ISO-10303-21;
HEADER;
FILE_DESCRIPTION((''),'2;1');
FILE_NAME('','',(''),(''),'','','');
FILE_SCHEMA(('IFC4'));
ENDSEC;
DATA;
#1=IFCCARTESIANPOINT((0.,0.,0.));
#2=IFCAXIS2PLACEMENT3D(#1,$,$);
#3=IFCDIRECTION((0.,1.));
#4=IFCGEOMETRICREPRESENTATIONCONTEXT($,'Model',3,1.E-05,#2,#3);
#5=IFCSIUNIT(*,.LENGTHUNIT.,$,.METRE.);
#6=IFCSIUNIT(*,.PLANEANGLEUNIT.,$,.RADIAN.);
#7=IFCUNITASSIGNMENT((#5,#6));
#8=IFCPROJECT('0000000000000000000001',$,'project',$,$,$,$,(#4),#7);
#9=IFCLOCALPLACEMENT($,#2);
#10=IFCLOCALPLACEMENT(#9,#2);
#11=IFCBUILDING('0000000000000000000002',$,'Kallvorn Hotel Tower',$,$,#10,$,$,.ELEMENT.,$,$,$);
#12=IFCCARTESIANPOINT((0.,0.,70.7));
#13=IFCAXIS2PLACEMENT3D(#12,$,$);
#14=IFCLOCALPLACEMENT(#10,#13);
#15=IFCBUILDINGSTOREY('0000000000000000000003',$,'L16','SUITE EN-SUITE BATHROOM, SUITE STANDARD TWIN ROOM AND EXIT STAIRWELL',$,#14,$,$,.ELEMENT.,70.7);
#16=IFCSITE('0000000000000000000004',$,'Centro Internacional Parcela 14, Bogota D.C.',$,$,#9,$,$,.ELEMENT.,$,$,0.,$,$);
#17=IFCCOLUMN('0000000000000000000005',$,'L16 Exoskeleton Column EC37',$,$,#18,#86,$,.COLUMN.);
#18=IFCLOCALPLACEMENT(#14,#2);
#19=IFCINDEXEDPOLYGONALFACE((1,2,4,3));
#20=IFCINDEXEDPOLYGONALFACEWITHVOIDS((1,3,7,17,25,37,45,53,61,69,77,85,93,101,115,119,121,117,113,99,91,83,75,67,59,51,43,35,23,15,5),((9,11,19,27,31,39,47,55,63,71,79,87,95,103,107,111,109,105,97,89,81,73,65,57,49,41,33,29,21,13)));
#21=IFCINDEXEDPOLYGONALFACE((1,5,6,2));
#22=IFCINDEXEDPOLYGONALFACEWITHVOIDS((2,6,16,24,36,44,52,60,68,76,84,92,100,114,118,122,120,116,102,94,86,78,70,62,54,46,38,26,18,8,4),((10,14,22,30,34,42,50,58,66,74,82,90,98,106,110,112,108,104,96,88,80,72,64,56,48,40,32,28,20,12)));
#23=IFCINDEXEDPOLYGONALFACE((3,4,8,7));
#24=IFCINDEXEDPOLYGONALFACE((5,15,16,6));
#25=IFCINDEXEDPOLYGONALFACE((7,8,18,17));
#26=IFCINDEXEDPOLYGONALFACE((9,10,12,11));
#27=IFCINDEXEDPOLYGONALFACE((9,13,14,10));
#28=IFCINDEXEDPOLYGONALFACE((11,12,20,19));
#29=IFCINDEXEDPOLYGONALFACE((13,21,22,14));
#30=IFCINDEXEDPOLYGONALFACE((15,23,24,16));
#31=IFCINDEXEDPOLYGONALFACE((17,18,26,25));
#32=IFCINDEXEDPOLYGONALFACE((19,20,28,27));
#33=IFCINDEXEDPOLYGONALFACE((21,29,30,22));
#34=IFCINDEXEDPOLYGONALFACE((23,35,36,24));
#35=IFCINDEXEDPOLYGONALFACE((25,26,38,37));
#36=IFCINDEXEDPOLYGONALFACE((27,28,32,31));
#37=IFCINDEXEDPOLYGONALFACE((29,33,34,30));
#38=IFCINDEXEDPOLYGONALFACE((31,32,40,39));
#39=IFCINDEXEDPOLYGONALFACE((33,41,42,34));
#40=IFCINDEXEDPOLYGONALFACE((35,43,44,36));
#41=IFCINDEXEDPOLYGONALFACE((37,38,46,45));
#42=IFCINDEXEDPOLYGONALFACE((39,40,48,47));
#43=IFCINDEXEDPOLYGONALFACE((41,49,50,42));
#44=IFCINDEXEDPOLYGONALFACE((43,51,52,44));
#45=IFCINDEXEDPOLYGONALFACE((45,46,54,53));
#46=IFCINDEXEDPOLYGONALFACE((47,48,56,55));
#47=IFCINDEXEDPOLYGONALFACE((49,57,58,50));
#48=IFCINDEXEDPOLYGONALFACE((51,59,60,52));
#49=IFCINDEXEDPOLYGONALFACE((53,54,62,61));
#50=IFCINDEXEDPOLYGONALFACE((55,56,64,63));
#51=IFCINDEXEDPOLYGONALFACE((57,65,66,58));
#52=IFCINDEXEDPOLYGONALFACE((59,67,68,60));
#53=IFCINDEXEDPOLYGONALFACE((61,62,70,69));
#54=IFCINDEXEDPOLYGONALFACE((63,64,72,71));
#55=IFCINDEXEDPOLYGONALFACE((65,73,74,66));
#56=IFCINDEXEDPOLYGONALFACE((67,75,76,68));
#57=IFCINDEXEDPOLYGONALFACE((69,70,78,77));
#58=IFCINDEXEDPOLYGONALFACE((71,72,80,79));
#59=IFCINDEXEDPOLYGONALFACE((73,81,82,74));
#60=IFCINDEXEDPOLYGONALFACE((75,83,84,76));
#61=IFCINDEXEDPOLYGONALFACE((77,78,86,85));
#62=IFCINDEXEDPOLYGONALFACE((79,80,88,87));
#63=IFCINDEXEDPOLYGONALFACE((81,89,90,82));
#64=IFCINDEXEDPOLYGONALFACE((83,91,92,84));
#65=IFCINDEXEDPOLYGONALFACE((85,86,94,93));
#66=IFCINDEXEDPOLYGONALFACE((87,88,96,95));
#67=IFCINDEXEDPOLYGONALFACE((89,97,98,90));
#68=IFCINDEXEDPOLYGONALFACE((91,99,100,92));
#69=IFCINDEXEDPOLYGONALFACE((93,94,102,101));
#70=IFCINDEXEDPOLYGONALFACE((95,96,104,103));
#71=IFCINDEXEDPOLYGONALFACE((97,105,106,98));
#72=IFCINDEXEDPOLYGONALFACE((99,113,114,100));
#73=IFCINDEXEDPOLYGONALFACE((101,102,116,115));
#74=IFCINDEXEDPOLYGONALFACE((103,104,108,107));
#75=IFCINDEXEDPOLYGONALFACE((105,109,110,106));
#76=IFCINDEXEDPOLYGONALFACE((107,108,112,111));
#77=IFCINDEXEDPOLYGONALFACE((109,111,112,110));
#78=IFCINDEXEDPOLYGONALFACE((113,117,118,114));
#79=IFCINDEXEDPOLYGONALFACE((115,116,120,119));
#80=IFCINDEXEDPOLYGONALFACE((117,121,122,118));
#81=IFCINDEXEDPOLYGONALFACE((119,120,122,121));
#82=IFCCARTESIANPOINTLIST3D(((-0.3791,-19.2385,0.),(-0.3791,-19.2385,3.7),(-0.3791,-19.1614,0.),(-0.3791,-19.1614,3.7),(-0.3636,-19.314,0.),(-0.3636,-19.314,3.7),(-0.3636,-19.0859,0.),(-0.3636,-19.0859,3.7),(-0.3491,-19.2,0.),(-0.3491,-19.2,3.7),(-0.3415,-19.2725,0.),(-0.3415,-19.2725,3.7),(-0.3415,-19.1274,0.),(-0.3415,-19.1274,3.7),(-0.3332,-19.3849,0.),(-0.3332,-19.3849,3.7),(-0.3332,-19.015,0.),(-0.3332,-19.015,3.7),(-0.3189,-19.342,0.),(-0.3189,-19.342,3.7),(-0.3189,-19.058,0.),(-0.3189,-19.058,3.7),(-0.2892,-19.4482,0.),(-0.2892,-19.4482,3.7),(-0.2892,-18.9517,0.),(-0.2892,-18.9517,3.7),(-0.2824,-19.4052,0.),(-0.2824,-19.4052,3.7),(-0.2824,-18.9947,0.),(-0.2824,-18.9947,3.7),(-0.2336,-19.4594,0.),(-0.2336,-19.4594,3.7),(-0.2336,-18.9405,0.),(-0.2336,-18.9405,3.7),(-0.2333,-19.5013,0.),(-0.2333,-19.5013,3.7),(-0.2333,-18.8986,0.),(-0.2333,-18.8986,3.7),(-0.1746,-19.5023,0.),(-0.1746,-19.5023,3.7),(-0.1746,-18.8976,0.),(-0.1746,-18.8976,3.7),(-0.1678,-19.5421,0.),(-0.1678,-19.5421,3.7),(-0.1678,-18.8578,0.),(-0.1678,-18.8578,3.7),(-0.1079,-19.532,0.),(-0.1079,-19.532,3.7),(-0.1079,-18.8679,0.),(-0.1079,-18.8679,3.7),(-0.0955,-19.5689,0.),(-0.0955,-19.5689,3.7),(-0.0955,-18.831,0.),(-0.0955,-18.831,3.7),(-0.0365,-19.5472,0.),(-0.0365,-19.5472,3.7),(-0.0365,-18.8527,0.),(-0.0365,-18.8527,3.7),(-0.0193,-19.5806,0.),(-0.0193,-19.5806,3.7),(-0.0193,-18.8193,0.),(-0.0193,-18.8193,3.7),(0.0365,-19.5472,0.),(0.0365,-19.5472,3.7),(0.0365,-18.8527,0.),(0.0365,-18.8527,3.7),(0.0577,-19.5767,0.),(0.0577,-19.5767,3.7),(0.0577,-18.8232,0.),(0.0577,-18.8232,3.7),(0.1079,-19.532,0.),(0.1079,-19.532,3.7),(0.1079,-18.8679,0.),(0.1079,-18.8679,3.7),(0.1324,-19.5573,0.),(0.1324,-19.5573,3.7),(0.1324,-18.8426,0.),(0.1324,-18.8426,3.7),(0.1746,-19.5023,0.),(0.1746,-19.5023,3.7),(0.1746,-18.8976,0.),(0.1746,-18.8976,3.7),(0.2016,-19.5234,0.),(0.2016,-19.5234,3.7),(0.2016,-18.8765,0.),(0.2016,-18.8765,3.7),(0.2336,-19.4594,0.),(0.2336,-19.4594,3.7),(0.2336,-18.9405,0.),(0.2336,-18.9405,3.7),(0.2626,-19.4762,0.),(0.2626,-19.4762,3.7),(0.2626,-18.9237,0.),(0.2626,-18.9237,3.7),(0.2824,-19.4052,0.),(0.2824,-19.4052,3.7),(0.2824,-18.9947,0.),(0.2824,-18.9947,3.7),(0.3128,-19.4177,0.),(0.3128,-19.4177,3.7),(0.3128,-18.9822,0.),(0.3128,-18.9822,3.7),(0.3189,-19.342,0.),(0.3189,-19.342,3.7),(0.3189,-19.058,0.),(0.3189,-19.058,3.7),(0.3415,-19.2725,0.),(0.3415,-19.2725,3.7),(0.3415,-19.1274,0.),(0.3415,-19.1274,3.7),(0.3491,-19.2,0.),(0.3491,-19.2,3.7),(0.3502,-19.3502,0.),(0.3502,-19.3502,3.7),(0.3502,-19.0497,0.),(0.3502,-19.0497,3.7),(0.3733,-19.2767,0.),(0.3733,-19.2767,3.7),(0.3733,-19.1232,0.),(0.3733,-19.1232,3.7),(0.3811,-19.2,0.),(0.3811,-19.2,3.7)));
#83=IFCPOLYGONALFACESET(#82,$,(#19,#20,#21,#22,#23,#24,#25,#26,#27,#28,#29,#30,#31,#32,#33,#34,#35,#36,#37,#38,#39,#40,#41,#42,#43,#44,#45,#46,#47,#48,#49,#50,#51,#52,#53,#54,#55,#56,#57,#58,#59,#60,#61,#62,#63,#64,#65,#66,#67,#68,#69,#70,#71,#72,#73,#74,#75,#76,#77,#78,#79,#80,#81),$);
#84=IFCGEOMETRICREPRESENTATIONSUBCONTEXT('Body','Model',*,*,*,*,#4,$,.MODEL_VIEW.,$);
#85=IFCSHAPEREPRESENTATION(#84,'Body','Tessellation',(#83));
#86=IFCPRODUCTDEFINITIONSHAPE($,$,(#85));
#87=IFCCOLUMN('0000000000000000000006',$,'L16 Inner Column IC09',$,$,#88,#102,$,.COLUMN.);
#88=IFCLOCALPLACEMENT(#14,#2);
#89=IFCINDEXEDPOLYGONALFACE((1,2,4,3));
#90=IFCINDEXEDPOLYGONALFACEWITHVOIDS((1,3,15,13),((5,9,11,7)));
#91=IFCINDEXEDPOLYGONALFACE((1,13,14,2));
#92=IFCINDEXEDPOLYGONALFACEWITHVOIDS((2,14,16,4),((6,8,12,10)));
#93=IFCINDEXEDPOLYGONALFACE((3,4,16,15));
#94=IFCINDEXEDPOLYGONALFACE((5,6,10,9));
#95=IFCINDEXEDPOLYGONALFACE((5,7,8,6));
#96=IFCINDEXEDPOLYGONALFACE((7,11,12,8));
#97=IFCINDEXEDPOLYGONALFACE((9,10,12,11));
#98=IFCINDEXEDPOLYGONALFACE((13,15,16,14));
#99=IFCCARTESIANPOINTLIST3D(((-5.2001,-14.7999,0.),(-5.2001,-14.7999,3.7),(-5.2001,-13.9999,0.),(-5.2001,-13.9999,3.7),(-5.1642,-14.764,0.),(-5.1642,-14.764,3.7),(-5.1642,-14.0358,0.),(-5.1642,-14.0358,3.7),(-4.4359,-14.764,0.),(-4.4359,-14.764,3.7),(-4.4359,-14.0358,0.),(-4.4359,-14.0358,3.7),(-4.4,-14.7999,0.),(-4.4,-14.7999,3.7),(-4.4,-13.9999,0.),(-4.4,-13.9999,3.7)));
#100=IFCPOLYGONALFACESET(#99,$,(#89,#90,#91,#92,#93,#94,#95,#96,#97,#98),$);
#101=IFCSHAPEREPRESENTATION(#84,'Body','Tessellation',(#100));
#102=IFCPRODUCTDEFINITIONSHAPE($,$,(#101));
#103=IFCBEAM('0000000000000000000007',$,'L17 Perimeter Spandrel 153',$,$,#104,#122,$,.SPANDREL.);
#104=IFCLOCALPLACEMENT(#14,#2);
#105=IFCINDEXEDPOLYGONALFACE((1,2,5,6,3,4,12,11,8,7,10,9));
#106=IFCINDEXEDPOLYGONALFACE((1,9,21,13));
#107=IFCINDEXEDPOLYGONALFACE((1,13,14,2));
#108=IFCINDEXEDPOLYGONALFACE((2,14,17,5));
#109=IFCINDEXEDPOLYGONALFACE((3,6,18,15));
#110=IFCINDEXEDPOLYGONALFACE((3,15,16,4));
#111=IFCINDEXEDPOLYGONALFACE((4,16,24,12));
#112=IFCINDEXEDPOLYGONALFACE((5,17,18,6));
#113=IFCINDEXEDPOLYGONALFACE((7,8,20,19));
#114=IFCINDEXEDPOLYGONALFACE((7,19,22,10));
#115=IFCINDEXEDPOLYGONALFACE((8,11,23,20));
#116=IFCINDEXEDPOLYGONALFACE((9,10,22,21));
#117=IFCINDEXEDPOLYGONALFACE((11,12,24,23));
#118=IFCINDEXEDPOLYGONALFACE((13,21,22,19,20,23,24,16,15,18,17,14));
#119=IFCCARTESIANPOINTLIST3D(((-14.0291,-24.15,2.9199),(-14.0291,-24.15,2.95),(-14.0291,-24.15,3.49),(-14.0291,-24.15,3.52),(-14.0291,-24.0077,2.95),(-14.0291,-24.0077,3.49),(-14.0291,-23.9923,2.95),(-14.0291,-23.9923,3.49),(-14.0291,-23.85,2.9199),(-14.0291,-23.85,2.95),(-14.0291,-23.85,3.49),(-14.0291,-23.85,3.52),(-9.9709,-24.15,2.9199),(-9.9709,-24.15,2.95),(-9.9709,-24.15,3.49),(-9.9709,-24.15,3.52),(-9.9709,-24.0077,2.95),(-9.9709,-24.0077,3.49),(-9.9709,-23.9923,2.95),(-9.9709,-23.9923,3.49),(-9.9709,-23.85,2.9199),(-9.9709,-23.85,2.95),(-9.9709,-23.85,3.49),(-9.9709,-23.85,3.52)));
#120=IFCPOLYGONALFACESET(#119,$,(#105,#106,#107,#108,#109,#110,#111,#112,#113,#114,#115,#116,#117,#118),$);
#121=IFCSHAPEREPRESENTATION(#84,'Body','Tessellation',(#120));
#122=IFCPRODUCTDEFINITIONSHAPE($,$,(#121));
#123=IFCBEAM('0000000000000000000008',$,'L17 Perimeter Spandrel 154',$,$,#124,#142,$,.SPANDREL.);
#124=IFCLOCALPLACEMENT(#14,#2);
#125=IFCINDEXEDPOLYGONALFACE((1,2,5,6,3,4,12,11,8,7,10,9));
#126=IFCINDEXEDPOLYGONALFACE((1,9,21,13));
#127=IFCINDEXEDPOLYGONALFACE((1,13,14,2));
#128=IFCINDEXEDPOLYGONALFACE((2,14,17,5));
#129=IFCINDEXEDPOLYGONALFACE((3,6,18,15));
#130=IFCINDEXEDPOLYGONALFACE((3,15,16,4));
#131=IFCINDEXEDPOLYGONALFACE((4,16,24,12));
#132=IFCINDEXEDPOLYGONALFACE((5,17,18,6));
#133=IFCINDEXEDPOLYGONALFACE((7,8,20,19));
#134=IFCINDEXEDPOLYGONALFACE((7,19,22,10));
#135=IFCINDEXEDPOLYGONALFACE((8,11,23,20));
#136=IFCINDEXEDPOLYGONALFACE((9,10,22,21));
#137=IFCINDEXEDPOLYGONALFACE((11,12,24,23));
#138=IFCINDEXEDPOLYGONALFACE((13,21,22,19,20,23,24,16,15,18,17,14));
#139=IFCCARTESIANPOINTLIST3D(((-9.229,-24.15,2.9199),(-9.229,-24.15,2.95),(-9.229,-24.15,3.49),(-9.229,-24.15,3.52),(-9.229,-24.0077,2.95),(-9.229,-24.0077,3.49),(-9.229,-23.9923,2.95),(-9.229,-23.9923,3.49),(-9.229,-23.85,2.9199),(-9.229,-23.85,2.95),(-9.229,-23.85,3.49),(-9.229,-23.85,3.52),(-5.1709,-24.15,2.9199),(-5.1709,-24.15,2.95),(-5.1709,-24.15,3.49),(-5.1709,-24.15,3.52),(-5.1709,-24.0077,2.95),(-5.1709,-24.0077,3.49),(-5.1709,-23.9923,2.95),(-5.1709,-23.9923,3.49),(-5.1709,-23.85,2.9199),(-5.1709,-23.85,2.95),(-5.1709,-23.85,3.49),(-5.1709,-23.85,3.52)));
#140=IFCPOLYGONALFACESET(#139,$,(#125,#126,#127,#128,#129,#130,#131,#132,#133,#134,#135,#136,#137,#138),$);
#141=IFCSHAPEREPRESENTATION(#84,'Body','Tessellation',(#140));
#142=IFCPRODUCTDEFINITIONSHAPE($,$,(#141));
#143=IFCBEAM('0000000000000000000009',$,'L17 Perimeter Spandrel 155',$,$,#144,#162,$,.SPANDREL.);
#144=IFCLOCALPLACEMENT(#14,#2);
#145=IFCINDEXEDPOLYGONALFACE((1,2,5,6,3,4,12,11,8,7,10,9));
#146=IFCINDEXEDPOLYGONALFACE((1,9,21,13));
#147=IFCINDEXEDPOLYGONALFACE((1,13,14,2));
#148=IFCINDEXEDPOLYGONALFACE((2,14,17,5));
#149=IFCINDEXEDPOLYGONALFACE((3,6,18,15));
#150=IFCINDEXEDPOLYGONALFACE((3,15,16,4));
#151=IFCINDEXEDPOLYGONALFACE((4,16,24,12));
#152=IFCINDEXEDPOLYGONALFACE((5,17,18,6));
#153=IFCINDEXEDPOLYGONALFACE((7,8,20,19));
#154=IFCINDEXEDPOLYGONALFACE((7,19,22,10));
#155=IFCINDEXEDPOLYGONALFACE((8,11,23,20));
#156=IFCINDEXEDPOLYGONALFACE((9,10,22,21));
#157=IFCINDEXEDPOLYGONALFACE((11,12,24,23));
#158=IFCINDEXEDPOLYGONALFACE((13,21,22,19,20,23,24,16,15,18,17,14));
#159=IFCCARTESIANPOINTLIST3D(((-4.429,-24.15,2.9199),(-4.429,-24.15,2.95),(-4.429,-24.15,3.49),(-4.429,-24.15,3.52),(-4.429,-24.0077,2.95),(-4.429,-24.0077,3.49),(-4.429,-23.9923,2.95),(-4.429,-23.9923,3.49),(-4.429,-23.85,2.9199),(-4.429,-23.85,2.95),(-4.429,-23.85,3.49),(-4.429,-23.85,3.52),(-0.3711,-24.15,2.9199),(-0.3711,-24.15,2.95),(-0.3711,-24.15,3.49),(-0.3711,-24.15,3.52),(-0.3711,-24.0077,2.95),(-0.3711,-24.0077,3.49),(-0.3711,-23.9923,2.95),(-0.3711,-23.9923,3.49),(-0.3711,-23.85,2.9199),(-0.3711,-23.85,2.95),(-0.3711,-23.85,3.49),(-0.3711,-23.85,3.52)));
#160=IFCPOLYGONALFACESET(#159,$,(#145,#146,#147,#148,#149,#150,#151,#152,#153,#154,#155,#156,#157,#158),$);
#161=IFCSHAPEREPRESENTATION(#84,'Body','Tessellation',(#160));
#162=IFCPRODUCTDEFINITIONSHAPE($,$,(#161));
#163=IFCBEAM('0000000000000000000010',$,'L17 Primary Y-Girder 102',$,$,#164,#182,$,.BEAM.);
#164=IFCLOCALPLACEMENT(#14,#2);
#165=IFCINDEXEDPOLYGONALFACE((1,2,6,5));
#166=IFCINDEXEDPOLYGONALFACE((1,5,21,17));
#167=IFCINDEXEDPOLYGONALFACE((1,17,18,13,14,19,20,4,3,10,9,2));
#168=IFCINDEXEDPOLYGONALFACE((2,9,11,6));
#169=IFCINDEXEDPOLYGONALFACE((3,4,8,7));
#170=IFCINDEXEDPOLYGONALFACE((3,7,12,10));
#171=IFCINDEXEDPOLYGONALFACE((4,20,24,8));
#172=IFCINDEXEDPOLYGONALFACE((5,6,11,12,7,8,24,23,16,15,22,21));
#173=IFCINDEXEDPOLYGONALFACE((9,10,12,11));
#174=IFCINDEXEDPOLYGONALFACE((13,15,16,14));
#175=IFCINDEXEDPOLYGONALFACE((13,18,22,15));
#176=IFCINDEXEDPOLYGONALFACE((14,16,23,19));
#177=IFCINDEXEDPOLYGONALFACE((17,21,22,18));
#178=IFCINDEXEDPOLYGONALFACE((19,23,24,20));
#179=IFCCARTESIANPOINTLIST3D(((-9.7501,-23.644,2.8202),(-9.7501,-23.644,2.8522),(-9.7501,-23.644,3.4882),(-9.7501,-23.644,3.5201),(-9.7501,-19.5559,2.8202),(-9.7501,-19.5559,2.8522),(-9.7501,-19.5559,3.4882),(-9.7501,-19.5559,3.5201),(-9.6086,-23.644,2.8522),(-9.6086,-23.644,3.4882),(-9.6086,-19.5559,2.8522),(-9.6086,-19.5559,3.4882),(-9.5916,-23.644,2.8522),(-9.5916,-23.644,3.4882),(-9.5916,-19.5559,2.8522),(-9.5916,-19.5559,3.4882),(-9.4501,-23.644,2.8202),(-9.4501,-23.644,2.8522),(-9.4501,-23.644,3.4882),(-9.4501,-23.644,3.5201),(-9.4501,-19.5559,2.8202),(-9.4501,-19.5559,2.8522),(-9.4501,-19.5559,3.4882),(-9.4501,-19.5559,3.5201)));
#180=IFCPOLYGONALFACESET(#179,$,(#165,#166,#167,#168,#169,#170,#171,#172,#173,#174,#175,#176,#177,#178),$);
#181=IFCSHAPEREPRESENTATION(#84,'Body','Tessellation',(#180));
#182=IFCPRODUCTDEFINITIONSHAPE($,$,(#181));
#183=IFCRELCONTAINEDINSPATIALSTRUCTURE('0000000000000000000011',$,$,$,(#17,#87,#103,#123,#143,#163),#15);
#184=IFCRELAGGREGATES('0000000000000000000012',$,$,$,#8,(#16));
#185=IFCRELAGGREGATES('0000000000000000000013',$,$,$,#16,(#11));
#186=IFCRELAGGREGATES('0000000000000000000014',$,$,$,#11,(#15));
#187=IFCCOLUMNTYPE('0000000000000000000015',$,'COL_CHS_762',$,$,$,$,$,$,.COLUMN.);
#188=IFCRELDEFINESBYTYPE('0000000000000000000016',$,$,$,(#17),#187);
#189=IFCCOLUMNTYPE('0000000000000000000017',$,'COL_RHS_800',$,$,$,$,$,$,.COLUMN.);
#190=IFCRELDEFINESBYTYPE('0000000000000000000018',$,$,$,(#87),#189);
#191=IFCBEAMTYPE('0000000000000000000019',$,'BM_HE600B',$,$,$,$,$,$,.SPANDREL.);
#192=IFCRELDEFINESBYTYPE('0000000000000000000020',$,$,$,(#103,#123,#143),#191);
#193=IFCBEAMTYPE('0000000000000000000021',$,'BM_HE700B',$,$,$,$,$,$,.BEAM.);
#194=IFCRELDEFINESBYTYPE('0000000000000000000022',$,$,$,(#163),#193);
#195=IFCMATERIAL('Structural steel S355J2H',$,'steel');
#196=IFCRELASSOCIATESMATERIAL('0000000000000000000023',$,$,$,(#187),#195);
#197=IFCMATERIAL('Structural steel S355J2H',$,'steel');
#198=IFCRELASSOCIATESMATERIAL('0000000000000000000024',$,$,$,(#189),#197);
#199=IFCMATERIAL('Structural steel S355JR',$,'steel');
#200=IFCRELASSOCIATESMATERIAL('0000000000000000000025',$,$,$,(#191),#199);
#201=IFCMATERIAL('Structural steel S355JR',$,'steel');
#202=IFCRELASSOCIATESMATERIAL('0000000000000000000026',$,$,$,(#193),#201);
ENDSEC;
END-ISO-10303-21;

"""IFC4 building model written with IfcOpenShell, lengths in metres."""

from ifc_helpers import new_model, si_unit, direction, frame, origin, origin_2d, place, context, subcontext, project, spatial, hollow_rectangle, hollow_circle, i_section, extrude, material, material_profile, profile_set, type_object, element, save


model = new_model("IFC4")

# Units and contexts
model_context = context("Model", 3, precision=1e-05, world=origin(), true_north=direction((0.0, 1.0)))
body_context = subcontext(model_context, "Body", "Model", "MODEL_VIEW")
ifc_project = project(units=[si_unit("LENGTHUNIT", "METRE"), si_unit("PLANEANGLEUNIT", "RADIAN")], contexts=[model_context])

# Site, building, storey
site_placement = place(None, origin())
site = spatial("IfcSite", under=ifc_project, at=site_placement, Name="Centro Internacional Parcela 14, Bogota D.C.", CompositionType="ELEMENT", RefElevation=0.0)
building_placement = place(site_placement, origin())
building = spatial("IfcBuilding", under=site, at=building_placement, Name="Kallvorn Hotel Tower", CompositionType="ELEMENT")
storey_placement = place(building_placement, frame((0.0, 0.0, 70.7)))
storey = spatial("IfcBuildingStorey", under=building, at=storey_placement, Name="L16", Description="SUITE EN-SUITE BATHROOM, SUITE STANDARD TWIN ROOM AND EXIT STAIRWELL", CompositionType="ELEMENT", Elevation=70.7)

# Columns
ifc_material_1 = material(Name="Structural steel S355J2H", Category="steel")
ifc_material_profile_1 = material_profile(ifc_material_1, hollow_circle(Radius=0.3811, WallThickness=0.032, at=origin_2d()), Name="CHS 762x32")
ifc_profile_set_1 = profile_set([ifc_material_profile_1], Name="Structural steel S355J2H")
column_type_1 = type_object("IfcColumnType", Name="COL_CHS_762", PredefinedType="COLUMN", material=ifc_profile_set_1)
for number, where, z_axis, x_axis, name in (
    (1, (0.0, -19.2, 0.0), (0.0, 0.0, 1.0), (1.0, 0.0, 0.0), "L16 Exoskeleton Column EC37"),
):
    element("IfcColumn", number, at=place(storey_placement, frame(where, z_axis=z_axis, x_axis=x_axis)), inside=storey, type_object=column_type_1, Name=name, PredefinedType="COLUMN", context=body_context, shape_type="SweptSolid", body=[
        extrude(hollow_circle(Radius=0.3811, WallThickness=0.032, at=origin_2d()), origin(), (0.0, 0.0, 1.0), 3.7),
    ])
ifc_material_2 = material(Name="Structural steel S355J2H", Category="steel")
ifc_material_profile_2 = material_profile(ifc_material_2, hollow_rectangle(XDim=0.8, YDim=0.8, WallThickness=0.0359, at=origin_2d()), Name="RHS 800x800x36")
ifc_profile_set_2 = profile_set([ifc_material_profile_2], Name="Structural steel S355J2H")
column_type_2 = type_object("IfcColumnType", Name="COL_RHS_800", PredefinedType="COLUMN", material=ifc_profile_set_2)
column_placement = place(storey_placement, frame((-4.8, -14.3999, 0.0), z_axis=(0.0, 0.0, 1.0), x_axis=(1.0, 0.0, 0.0)))
element("IfcColumn", 2, at=column_placement, inside=storey, type_object=column_type_2, Name="L16 Inner Column IC09", PredefinedType="COLUMN", context=body_context, shape_type="SweptSolid", body=[
    extrude(hollow_rectangle(XDim=0.8, YDim=0.8, WallThickness=0.0359, at=origin_2d()), origin(), (0.0, 0.0, 1.0), 3.7),
])

# Beams
ifc_material_3 = material(Name="Structural steel S355JR", Category="steel")
ifc_material_profile_3 = material_profile(ifc_material_3, i_section(OverallWidth=0.3, OverallDepth=0.6001, WebThickness=0.0154, FlangeThickness=0.03, at=origin_2d()), Name="HE 600 B")
ifc_profile_set_3 = profile_set([ifc_material_profile_3], Name="Structural steel S355JR")
beam_type_1 = type_object("IfcBeamType", Name="BM_HE600B", PredefinedType="SPANDREL", material=ifc_profile_set_3)
for number, where, z_axis, x_axis, name in (
    (3, (-14.0291, -24.0, 3.22), (1.0, 0.0, 0.0), (0.0, 1.0, 0.0), "L17 Perimeter Spandrel 153"),
    (4, (-9.229, -24.0, 3.22), (1.0, 0.0, 0.0), (0.0, 1.0, 0.0), "L17 Perimeter Spandrel 154"),
):
    element("IfcBeam", number, at=place(storey_placement, frame(where, z_axis=z_axis, x_axis=x_axis)), inside=storey, type_object=beam_type_1, Name=name, PredefinedType="SPANDREL", context=body_context, shape_type="SweptSolid", body=[
        extrude(i_section(OverallWidth=0.3, OverallDepth=0.6001, WebThickness=0.0154, FlangeThickness=0.03, at=origin_2d()), origin(), (0.0, 0.0, 1.0), 4.0581),
    ])
beam_1_placement = place(storey_placement, frame((-4.429, -24.0, 3.22), z_axis=(1.0, 0.0, 0.0), x_axis=(0.0, 1.0, 0.0)))
element("IfcBeam", 5, at=beam_1_placement, inside=storey, type_object=beam_type_1, Name="L17 Perimeter Spandrel 155", PredefinedType="SPANDREL", context=body_context, shape_type="SweptSolid", body=[
    extrude(i_section(OverallWidth=0.3, OverallDepth=0.6001, WebThickness=0.0154, FlangeThickness=0.03, at=origin_2d()), origin(), (0.0, 0.0, 1.0), 4.0579),
])
ifc_material_4 = material(Name="Structural steel S355JR", Category="steel")
ifc_material_profile_4 = material_profile(ifc_material_4, i_section(OverallWidth=0.3, OverallDepth=0.7, WebThickness=0.0171, FlangeThickness=0.032, at=origin_2d()), Name="HE 700 B")
ifc_profile_set_4 = profile_set([ifc_material_profile_4], Name="Structural steel S355JR")
beam_type_2 = type_object("IfcBeamType", Name="BM_HE700B", PredefinedType="BEAM", material=ifc_profile_set_4)
for number, where, z_axis, x_axis, name in (
    (6, (-9.6001, -23.644, 3.1702), (0.0, 1.0, 0.0), (-1.0, 0.0, 0.0), "L17 Primary Y-Girder 102"),
):
    element("IfcBeam", number, at=place(storey_placement, frame(where, z_axis=z_axis, x_axis=x_axis)), inside=storey, type_object=beam_type_2, Name=name, PredefinedType="BEAM", context=body_context, shape_type="SweptSolid", body=[
        extrude(i_section(OverallWidth=0.3, OverallDepth=0.7, WebThickness=0.0171, FlangeThickness=0.032, at=origin_2d()), origin(), (0.0, 0.0, 1.0), 4.0881),
    ])

save(model, "model.ifc")
